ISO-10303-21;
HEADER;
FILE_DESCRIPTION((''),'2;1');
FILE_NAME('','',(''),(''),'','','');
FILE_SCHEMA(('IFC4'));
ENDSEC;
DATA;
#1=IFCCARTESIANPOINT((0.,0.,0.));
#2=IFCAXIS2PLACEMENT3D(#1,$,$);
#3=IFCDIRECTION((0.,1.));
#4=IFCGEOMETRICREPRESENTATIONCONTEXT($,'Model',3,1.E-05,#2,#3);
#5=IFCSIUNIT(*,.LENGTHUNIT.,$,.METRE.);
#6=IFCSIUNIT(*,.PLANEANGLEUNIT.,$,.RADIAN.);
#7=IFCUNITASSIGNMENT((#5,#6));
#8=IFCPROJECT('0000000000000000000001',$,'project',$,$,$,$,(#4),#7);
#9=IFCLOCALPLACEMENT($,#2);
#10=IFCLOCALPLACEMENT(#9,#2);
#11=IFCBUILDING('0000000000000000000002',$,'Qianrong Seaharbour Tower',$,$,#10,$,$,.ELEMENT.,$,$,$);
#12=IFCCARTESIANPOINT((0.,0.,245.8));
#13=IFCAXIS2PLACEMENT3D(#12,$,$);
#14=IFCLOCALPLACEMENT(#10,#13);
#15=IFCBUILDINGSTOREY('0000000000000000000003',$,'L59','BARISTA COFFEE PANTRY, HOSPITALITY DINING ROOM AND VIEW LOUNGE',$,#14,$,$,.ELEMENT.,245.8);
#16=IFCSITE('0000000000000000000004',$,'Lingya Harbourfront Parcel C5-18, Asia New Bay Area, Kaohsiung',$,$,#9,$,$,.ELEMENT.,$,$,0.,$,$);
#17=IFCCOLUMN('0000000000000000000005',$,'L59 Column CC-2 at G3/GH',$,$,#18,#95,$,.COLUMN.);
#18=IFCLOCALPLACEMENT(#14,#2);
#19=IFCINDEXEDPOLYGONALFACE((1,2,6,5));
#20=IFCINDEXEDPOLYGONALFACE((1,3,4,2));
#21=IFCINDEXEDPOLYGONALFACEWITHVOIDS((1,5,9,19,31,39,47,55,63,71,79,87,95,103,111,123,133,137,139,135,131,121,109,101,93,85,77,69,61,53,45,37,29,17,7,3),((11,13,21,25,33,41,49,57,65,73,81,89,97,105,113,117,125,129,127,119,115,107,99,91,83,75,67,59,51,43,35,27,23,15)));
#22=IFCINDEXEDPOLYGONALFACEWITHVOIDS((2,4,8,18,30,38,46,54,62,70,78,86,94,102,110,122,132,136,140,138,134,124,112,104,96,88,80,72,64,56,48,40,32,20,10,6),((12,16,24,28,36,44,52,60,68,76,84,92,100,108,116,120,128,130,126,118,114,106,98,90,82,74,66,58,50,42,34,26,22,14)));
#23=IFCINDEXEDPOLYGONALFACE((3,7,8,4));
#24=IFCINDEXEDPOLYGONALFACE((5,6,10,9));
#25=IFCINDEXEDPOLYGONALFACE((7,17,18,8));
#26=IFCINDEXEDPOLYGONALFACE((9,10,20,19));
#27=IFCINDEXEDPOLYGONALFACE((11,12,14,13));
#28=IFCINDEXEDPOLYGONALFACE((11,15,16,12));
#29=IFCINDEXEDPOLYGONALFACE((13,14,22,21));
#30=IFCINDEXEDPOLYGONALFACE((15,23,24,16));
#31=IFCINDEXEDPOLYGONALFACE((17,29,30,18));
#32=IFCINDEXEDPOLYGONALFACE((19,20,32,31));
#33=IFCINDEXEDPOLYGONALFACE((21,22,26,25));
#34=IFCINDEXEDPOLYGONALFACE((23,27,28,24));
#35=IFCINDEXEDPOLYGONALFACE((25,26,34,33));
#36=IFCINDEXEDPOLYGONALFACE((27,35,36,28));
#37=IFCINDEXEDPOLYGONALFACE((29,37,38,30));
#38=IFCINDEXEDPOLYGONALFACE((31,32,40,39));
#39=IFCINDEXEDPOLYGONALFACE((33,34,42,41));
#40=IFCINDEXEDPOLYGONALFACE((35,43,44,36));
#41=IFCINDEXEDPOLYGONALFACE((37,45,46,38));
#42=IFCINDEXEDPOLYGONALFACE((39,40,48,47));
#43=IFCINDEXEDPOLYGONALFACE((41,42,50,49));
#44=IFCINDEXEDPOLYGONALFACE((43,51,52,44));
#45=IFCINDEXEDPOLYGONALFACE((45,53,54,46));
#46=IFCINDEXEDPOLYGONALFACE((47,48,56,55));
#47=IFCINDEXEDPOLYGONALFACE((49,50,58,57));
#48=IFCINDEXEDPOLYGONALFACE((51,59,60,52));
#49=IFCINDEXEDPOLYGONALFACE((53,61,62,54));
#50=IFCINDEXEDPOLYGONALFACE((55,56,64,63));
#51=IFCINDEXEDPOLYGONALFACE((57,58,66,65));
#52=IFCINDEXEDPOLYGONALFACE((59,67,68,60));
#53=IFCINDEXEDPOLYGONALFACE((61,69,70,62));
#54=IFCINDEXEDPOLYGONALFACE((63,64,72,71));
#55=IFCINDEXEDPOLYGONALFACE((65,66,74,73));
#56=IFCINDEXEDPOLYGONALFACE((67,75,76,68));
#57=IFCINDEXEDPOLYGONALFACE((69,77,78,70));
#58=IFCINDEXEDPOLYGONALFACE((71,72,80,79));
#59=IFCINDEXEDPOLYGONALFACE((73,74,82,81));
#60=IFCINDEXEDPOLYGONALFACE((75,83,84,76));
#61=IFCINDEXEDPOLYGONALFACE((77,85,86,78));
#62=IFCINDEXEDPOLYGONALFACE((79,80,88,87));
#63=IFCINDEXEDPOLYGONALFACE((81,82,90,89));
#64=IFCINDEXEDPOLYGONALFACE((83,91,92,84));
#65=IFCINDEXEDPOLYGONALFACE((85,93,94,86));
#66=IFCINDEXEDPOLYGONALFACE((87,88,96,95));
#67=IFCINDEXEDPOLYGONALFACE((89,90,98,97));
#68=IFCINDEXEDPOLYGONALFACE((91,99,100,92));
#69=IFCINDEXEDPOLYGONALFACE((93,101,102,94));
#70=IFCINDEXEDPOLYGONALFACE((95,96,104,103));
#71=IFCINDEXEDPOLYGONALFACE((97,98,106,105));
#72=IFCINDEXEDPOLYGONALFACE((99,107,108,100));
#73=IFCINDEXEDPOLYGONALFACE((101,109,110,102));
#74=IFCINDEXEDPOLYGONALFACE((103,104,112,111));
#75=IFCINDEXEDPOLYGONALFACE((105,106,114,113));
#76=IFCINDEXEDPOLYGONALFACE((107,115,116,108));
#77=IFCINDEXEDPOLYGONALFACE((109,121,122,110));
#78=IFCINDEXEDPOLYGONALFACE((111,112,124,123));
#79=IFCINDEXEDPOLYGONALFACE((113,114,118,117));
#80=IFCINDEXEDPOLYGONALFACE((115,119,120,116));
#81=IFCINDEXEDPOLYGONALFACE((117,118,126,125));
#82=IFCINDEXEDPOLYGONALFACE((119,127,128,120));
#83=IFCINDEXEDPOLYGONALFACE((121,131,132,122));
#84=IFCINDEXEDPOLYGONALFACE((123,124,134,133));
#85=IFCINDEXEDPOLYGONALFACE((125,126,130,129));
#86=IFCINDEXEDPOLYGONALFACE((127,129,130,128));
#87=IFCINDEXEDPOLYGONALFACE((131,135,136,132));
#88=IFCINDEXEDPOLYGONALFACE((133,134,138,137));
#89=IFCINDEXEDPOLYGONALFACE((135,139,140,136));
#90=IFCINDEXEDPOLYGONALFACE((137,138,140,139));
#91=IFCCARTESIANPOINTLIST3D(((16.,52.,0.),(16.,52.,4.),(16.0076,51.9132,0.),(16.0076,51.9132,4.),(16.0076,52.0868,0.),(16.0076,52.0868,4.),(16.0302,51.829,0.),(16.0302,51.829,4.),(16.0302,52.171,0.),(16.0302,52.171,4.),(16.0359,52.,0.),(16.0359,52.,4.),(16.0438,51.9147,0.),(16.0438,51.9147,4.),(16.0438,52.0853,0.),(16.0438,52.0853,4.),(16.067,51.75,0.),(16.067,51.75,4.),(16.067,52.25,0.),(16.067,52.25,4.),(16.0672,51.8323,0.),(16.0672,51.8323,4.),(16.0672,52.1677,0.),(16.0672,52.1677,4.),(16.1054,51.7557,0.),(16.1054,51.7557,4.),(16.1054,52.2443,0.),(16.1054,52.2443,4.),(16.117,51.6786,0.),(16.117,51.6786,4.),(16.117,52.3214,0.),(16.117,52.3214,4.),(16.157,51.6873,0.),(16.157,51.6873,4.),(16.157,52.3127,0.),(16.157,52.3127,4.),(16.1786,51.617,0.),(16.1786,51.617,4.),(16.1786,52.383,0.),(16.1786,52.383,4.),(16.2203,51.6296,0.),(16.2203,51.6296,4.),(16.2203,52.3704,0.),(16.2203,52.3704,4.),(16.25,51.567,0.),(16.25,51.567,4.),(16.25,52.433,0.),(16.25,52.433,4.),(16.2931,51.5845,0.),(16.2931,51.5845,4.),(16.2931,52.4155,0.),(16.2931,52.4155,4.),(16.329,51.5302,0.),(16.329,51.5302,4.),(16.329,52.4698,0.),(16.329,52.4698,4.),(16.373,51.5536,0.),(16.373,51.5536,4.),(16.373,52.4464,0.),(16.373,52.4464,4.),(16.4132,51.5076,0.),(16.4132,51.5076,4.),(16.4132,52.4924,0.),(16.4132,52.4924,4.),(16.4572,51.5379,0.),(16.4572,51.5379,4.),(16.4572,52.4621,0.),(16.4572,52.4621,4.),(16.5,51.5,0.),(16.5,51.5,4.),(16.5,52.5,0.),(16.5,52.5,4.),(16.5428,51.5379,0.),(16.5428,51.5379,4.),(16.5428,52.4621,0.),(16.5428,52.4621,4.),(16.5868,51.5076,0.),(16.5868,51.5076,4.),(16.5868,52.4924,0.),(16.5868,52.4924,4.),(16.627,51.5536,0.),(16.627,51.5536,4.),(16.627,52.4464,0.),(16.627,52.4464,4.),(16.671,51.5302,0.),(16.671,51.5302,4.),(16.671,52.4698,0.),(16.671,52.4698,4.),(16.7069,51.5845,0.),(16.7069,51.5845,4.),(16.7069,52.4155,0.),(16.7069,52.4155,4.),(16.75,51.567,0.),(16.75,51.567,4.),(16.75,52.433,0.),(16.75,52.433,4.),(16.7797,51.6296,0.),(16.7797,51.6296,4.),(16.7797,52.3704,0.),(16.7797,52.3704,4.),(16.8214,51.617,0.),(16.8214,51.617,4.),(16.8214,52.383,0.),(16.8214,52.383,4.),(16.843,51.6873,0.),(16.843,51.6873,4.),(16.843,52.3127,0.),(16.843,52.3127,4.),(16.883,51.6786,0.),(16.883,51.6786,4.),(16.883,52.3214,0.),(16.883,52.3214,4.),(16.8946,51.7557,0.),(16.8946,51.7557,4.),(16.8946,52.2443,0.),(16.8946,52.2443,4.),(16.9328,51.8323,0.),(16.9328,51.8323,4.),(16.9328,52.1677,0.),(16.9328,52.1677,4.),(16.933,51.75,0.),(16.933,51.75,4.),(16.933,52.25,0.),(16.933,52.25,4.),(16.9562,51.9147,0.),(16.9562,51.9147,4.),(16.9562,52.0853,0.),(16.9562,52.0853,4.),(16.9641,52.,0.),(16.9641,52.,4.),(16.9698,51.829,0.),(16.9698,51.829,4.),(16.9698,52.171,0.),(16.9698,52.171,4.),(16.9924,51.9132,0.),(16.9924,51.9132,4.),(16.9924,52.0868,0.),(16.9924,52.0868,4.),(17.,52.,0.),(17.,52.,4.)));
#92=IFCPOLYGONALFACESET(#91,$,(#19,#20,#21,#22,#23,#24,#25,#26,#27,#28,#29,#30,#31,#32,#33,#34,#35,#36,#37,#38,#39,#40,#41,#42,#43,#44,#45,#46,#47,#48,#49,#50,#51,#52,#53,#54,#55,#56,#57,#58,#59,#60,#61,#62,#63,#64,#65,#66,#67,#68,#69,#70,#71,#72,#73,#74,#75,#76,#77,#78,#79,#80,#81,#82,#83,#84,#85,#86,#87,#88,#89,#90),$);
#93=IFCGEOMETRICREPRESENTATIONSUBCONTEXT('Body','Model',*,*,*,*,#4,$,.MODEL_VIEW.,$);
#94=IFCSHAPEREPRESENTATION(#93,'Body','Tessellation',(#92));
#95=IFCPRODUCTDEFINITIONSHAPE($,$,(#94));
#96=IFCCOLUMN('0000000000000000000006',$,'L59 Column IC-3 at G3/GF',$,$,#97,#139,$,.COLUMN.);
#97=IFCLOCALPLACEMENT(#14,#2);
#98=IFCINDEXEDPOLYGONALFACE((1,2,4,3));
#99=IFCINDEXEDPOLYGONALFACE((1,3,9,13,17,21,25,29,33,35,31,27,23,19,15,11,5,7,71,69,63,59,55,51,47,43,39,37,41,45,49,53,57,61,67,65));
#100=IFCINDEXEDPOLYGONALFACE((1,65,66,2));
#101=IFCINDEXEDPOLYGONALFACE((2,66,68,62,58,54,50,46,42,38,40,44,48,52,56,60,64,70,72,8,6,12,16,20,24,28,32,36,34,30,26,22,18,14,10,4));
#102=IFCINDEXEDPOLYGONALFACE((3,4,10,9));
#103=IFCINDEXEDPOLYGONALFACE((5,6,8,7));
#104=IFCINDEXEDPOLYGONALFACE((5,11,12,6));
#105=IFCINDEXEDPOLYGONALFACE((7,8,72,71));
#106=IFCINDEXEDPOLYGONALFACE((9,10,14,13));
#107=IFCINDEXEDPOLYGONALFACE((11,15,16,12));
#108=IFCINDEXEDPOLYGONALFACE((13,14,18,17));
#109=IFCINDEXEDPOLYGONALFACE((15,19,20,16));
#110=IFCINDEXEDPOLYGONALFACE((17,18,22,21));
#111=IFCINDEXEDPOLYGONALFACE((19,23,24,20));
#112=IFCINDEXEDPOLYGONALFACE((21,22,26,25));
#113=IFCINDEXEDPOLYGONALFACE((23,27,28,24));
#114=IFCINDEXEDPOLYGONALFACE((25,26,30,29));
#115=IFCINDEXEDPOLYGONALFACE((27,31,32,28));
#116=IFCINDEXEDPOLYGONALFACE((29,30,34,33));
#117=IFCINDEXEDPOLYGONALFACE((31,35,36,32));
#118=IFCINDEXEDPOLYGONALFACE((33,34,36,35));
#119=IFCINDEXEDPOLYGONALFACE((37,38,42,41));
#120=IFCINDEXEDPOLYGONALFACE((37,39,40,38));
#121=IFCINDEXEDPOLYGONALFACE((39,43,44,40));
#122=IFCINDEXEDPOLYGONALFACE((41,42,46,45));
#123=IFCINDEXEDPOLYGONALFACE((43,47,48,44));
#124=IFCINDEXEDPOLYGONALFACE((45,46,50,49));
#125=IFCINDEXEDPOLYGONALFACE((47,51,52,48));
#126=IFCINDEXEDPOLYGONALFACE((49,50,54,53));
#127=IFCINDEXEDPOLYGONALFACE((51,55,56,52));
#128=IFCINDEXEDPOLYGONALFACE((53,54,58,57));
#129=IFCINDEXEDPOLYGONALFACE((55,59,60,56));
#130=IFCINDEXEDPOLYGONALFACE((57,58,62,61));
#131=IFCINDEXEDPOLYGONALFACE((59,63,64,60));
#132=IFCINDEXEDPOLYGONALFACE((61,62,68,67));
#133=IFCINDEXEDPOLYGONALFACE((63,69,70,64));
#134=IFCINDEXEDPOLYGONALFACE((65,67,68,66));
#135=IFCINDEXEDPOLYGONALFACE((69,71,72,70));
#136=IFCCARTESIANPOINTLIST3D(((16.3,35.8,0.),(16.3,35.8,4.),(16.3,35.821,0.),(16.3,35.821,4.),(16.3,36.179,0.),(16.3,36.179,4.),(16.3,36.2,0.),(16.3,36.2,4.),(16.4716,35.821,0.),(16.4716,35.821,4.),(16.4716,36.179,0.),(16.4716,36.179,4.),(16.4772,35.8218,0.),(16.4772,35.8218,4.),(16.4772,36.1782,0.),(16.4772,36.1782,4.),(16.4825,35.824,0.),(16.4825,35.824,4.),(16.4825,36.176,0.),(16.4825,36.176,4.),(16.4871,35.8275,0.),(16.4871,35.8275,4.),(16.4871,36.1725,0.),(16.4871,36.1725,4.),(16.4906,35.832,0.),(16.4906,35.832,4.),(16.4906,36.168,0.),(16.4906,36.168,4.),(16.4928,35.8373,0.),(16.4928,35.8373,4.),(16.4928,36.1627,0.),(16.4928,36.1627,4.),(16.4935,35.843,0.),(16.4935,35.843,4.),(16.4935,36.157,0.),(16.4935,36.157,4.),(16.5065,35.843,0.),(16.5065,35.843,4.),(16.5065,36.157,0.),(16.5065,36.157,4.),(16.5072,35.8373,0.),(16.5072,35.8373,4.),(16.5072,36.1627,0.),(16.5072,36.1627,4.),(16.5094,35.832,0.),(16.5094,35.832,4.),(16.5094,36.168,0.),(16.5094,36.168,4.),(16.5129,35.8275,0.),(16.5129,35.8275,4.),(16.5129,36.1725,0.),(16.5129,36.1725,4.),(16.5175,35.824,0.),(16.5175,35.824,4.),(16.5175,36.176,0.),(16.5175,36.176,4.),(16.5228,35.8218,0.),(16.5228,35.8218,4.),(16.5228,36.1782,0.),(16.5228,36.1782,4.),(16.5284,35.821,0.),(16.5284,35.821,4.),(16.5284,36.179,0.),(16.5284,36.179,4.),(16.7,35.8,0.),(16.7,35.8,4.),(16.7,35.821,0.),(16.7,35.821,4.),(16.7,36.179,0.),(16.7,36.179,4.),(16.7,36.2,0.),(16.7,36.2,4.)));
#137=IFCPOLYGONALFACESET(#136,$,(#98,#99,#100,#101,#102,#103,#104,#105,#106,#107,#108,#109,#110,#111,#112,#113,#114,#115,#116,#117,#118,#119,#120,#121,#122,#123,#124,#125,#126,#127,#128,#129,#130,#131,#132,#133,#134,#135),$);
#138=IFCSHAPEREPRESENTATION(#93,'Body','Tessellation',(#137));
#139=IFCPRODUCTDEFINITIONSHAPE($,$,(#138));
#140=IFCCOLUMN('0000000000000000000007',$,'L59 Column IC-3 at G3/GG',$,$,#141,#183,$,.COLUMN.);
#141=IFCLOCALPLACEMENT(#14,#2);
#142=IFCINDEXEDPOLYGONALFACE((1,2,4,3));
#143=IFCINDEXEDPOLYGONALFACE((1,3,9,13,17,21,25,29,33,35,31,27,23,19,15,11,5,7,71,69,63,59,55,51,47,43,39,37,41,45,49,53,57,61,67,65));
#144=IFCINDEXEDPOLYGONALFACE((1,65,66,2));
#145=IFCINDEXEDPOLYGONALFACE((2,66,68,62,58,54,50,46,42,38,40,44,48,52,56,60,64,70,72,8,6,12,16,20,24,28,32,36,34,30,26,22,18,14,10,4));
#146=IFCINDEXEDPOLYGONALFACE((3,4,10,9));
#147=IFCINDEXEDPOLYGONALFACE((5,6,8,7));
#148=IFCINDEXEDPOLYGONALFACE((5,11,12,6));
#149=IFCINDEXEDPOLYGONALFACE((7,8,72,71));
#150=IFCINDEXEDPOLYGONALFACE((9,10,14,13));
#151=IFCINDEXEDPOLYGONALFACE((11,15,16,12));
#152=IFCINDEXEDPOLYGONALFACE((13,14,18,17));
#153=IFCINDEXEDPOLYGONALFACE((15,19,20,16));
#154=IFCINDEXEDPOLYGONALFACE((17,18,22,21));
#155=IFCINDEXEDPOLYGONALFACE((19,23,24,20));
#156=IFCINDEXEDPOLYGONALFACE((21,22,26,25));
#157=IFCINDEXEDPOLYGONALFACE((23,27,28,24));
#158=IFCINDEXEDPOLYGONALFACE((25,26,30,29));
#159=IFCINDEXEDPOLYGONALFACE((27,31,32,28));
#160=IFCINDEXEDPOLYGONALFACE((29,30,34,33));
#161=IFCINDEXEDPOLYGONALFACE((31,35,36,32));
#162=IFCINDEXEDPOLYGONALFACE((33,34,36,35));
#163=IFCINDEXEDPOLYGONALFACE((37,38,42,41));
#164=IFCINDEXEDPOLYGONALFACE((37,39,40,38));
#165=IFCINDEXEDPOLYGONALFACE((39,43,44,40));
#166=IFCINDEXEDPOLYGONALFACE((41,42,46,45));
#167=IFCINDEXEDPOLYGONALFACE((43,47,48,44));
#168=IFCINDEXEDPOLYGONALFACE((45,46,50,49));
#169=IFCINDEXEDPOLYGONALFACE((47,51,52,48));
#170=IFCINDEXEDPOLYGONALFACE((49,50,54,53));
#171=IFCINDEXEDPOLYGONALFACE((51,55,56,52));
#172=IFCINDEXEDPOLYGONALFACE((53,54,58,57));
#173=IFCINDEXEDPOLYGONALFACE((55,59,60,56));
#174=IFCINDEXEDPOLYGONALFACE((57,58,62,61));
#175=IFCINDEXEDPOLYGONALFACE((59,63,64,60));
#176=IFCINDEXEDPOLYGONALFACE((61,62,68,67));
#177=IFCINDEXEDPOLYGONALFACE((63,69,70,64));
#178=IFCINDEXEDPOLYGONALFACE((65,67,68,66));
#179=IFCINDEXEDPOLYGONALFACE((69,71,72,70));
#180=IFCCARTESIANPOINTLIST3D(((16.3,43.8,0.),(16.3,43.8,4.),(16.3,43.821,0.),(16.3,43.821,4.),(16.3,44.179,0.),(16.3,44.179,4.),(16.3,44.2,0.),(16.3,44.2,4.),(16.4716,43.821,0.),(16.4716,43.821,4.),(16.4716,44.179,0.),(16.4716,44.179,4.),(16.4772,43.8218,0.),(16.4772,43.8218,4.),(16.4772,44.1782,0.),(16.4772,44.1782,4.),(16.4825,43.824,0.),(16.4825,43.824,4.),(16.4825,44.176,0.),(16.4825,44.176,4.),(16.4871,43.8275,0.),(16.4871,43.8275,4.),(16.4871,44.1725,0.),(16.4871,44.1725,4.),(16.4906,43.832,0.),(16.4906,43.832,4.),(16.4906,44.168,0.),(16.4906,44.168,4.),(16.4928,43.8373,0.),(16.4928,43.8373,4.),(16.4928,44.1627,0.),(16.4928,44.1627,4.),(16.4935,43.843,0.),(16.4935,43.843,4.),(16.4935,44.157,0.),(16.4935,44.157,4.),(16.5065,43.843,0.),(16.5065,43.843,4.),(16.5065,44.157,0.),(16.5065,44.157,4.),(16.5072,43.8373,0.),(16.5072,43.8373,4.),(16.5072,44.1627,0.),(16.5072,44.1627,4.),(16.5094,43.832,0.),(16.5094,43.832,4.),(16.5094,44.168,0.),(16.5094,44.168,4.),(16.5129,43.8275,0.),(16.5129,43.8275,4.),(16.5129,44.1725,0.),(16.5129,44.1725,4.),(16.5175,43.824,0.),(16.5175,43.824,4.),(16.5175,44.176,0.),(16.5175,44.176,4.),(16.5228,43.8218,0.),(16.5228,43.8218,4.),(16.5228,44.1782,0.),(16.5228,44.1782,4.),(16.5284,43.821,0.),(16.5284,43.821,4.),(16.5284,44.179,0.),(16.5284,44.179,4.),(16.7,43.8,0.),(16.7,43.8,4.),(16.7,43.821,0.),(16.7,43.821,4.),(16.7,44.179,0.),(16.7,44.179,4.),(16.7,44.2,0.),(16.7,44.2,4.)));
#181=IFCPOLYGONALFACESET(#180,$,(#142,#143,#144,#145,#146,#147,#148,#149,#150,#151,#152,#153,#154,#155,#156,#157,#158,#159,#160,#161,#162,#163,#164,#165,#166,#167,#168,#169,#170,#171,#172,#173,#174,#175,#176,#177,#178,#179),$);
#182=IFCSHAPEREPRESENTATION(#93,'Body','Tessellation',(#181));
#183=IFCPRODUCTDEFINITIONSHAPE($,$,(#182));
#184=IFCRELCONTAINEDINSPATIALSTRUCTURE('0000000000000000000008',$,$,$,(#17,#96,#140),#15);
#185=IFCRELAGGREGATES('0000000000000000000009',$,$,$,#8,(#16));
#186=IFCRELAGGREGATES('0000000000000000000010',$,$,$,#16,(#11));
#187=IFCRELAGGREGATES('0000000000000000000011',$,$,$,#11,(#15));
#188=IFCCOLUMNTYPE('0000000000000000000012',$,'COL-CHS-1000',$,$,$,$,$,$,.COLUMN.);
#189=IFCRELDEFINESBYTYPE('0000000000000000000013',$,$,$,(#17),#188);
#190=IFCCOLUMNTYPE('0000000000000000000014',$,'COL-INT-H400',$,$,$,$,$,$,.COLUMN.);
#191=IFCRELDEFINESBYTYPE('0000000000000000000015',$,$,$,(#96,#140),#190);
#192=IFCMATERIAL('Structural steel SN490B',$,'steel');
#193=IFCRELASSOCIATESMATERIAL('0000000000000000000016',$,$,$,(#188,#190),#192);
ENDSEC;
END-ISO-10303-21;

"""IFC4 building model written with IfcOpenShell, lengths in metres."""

from ifc_helpers import new_model, si_unit, direction, frame, origin, origin_2d, place, context, subcontext, project, spatial, hollow_circle, i_section, extrude, material, material_profile, profile_set, type_object, element, save


model = new_model("IFC4")

# Units and contexts
model_context = context("Model", 3, precision=1e-05, world=origin(), true_north=direction((0.0, 1.0)))
body_context = subcontext(model_context, "Body", "Model", "MODEL_VIEW")
ifc_project = project(units=[si_unit("LENGTHUNIT", "METRE"), si_unit("PLANEANGLEUNIT", "RADIAN")], contexts=[model_context])

# Site, building, storey
site_placement = place(None, origin())
site = spatial("IfcSite", under=ifc_project, at=site_placement, Name="Lingya Harbourfront Parcel C5-18, Asia New Bay Area, Kaohsiung", CompositionType="ELEMENT", RefElevation=0.0)
building_placement = place(site_placement, origin())
building = spatial("IfcBuilding", under=site, at=building_placement, Name="Qianrong Seaharbour Tower", CompositionType="ELEMENT")
storey_placement = place(building_placement, frame((0.0, 0.0, 245.8)))
storey = spatial("IfcBuildingStorey", under=building, at=storey_placement, Name="L59", Description="BARISTA COFFEE PANTRY, HOSPITALITY DINING ROOM AND VIEW LOUNGE", CompositionType="ELEMENT", Elevation=245.8)

# Columns
ifc_material_1 = material(Name="Structural steel SN490B", Category="steel")
ifc_material_profile_1 = material_profile(ifc_material_1, hollow_circle(Radius=0.5, WallThickness=0.0359, at=origin_2d()), Name="CHS1000x36")
ifc_profile_set_1 = profile_set([ifc_material_profile_1], Name="Structural steel SN490B")
column_type_1 = type_object("IfcColumnType", Name="COL-CHS-1000", PredefinedType="COLUMN", material=ifc_profile_set_1)
column_placement = place(storey_placement, frame((16.5, 52.0, 0.0), z_axis=(0.0, 0.0, 1.0), x_axis=(1.0, 0.0, 0.0)))
element("IfcColumn", 1, at=column_placement, inside=storey, type_object=column_type_1, Name="L59 Column CC-2 at G3/GH", PredefinedType="COLUMN", context=body_context, shape_type="SweptSolid", body=[
    extrude(hollow_circle(Radius=0.5, WallThickness=0.0359, at=origin_2d()), origin(), (0.0, 0.0, 1.0), 4.0),
])
ifc_material_profile_2 = material_profile(ifc_material_1, i_section(OverallWidth=0.3999, OverallDepth=0.3999, WebThickness=0.0129, FlangeThickness=0.021, FilletRadius=0.022, at=origin_2d()), Name="H400x400x13x21")
ifc_profile_set_2 = profile_set([ifc_material_profile_2], Name="Structural steel SN490B")
column_type_2 = type_object("IfcColumnType", Name="COL-INT-H400", PredefinedType="COLUMN", material=ifc_profile_set_2)
for number, where, z_axis, x_axis, name in (
    (2, (16.5, 36.0, 0.0), (0.0, 0.0, 1.0), (1.0, 0.0, 0.0), "L59 Column IC-3 at G3/GF"),
    (3, (16.5, 44.0, 0.0), (0.0, 0.0, 1.0), (1.0, 0.0, 0.0), "L59 Column IC-3 at G3/GG"),
):
    element("IfcColumn", number, at=place(storey_placement, frame(where, z_axis=z_axis, x_axis=x_axis)), inside=storey, type_object=column_type_2, Name=name, PredefinedType="COLUMN", context=body_context, shape_type="SweptSolid", body=[
        extrude(i_section(OverallWidth=0.3999, OverallDepth=0.3999, WebThickness=0.0129, FlangeThickness=0.021, FilletRadius=0.022, at=origin_2d()), origin(), (0.0, 0.0, 1.0), 4.0),
    ])

save(model, "model.ifc")
